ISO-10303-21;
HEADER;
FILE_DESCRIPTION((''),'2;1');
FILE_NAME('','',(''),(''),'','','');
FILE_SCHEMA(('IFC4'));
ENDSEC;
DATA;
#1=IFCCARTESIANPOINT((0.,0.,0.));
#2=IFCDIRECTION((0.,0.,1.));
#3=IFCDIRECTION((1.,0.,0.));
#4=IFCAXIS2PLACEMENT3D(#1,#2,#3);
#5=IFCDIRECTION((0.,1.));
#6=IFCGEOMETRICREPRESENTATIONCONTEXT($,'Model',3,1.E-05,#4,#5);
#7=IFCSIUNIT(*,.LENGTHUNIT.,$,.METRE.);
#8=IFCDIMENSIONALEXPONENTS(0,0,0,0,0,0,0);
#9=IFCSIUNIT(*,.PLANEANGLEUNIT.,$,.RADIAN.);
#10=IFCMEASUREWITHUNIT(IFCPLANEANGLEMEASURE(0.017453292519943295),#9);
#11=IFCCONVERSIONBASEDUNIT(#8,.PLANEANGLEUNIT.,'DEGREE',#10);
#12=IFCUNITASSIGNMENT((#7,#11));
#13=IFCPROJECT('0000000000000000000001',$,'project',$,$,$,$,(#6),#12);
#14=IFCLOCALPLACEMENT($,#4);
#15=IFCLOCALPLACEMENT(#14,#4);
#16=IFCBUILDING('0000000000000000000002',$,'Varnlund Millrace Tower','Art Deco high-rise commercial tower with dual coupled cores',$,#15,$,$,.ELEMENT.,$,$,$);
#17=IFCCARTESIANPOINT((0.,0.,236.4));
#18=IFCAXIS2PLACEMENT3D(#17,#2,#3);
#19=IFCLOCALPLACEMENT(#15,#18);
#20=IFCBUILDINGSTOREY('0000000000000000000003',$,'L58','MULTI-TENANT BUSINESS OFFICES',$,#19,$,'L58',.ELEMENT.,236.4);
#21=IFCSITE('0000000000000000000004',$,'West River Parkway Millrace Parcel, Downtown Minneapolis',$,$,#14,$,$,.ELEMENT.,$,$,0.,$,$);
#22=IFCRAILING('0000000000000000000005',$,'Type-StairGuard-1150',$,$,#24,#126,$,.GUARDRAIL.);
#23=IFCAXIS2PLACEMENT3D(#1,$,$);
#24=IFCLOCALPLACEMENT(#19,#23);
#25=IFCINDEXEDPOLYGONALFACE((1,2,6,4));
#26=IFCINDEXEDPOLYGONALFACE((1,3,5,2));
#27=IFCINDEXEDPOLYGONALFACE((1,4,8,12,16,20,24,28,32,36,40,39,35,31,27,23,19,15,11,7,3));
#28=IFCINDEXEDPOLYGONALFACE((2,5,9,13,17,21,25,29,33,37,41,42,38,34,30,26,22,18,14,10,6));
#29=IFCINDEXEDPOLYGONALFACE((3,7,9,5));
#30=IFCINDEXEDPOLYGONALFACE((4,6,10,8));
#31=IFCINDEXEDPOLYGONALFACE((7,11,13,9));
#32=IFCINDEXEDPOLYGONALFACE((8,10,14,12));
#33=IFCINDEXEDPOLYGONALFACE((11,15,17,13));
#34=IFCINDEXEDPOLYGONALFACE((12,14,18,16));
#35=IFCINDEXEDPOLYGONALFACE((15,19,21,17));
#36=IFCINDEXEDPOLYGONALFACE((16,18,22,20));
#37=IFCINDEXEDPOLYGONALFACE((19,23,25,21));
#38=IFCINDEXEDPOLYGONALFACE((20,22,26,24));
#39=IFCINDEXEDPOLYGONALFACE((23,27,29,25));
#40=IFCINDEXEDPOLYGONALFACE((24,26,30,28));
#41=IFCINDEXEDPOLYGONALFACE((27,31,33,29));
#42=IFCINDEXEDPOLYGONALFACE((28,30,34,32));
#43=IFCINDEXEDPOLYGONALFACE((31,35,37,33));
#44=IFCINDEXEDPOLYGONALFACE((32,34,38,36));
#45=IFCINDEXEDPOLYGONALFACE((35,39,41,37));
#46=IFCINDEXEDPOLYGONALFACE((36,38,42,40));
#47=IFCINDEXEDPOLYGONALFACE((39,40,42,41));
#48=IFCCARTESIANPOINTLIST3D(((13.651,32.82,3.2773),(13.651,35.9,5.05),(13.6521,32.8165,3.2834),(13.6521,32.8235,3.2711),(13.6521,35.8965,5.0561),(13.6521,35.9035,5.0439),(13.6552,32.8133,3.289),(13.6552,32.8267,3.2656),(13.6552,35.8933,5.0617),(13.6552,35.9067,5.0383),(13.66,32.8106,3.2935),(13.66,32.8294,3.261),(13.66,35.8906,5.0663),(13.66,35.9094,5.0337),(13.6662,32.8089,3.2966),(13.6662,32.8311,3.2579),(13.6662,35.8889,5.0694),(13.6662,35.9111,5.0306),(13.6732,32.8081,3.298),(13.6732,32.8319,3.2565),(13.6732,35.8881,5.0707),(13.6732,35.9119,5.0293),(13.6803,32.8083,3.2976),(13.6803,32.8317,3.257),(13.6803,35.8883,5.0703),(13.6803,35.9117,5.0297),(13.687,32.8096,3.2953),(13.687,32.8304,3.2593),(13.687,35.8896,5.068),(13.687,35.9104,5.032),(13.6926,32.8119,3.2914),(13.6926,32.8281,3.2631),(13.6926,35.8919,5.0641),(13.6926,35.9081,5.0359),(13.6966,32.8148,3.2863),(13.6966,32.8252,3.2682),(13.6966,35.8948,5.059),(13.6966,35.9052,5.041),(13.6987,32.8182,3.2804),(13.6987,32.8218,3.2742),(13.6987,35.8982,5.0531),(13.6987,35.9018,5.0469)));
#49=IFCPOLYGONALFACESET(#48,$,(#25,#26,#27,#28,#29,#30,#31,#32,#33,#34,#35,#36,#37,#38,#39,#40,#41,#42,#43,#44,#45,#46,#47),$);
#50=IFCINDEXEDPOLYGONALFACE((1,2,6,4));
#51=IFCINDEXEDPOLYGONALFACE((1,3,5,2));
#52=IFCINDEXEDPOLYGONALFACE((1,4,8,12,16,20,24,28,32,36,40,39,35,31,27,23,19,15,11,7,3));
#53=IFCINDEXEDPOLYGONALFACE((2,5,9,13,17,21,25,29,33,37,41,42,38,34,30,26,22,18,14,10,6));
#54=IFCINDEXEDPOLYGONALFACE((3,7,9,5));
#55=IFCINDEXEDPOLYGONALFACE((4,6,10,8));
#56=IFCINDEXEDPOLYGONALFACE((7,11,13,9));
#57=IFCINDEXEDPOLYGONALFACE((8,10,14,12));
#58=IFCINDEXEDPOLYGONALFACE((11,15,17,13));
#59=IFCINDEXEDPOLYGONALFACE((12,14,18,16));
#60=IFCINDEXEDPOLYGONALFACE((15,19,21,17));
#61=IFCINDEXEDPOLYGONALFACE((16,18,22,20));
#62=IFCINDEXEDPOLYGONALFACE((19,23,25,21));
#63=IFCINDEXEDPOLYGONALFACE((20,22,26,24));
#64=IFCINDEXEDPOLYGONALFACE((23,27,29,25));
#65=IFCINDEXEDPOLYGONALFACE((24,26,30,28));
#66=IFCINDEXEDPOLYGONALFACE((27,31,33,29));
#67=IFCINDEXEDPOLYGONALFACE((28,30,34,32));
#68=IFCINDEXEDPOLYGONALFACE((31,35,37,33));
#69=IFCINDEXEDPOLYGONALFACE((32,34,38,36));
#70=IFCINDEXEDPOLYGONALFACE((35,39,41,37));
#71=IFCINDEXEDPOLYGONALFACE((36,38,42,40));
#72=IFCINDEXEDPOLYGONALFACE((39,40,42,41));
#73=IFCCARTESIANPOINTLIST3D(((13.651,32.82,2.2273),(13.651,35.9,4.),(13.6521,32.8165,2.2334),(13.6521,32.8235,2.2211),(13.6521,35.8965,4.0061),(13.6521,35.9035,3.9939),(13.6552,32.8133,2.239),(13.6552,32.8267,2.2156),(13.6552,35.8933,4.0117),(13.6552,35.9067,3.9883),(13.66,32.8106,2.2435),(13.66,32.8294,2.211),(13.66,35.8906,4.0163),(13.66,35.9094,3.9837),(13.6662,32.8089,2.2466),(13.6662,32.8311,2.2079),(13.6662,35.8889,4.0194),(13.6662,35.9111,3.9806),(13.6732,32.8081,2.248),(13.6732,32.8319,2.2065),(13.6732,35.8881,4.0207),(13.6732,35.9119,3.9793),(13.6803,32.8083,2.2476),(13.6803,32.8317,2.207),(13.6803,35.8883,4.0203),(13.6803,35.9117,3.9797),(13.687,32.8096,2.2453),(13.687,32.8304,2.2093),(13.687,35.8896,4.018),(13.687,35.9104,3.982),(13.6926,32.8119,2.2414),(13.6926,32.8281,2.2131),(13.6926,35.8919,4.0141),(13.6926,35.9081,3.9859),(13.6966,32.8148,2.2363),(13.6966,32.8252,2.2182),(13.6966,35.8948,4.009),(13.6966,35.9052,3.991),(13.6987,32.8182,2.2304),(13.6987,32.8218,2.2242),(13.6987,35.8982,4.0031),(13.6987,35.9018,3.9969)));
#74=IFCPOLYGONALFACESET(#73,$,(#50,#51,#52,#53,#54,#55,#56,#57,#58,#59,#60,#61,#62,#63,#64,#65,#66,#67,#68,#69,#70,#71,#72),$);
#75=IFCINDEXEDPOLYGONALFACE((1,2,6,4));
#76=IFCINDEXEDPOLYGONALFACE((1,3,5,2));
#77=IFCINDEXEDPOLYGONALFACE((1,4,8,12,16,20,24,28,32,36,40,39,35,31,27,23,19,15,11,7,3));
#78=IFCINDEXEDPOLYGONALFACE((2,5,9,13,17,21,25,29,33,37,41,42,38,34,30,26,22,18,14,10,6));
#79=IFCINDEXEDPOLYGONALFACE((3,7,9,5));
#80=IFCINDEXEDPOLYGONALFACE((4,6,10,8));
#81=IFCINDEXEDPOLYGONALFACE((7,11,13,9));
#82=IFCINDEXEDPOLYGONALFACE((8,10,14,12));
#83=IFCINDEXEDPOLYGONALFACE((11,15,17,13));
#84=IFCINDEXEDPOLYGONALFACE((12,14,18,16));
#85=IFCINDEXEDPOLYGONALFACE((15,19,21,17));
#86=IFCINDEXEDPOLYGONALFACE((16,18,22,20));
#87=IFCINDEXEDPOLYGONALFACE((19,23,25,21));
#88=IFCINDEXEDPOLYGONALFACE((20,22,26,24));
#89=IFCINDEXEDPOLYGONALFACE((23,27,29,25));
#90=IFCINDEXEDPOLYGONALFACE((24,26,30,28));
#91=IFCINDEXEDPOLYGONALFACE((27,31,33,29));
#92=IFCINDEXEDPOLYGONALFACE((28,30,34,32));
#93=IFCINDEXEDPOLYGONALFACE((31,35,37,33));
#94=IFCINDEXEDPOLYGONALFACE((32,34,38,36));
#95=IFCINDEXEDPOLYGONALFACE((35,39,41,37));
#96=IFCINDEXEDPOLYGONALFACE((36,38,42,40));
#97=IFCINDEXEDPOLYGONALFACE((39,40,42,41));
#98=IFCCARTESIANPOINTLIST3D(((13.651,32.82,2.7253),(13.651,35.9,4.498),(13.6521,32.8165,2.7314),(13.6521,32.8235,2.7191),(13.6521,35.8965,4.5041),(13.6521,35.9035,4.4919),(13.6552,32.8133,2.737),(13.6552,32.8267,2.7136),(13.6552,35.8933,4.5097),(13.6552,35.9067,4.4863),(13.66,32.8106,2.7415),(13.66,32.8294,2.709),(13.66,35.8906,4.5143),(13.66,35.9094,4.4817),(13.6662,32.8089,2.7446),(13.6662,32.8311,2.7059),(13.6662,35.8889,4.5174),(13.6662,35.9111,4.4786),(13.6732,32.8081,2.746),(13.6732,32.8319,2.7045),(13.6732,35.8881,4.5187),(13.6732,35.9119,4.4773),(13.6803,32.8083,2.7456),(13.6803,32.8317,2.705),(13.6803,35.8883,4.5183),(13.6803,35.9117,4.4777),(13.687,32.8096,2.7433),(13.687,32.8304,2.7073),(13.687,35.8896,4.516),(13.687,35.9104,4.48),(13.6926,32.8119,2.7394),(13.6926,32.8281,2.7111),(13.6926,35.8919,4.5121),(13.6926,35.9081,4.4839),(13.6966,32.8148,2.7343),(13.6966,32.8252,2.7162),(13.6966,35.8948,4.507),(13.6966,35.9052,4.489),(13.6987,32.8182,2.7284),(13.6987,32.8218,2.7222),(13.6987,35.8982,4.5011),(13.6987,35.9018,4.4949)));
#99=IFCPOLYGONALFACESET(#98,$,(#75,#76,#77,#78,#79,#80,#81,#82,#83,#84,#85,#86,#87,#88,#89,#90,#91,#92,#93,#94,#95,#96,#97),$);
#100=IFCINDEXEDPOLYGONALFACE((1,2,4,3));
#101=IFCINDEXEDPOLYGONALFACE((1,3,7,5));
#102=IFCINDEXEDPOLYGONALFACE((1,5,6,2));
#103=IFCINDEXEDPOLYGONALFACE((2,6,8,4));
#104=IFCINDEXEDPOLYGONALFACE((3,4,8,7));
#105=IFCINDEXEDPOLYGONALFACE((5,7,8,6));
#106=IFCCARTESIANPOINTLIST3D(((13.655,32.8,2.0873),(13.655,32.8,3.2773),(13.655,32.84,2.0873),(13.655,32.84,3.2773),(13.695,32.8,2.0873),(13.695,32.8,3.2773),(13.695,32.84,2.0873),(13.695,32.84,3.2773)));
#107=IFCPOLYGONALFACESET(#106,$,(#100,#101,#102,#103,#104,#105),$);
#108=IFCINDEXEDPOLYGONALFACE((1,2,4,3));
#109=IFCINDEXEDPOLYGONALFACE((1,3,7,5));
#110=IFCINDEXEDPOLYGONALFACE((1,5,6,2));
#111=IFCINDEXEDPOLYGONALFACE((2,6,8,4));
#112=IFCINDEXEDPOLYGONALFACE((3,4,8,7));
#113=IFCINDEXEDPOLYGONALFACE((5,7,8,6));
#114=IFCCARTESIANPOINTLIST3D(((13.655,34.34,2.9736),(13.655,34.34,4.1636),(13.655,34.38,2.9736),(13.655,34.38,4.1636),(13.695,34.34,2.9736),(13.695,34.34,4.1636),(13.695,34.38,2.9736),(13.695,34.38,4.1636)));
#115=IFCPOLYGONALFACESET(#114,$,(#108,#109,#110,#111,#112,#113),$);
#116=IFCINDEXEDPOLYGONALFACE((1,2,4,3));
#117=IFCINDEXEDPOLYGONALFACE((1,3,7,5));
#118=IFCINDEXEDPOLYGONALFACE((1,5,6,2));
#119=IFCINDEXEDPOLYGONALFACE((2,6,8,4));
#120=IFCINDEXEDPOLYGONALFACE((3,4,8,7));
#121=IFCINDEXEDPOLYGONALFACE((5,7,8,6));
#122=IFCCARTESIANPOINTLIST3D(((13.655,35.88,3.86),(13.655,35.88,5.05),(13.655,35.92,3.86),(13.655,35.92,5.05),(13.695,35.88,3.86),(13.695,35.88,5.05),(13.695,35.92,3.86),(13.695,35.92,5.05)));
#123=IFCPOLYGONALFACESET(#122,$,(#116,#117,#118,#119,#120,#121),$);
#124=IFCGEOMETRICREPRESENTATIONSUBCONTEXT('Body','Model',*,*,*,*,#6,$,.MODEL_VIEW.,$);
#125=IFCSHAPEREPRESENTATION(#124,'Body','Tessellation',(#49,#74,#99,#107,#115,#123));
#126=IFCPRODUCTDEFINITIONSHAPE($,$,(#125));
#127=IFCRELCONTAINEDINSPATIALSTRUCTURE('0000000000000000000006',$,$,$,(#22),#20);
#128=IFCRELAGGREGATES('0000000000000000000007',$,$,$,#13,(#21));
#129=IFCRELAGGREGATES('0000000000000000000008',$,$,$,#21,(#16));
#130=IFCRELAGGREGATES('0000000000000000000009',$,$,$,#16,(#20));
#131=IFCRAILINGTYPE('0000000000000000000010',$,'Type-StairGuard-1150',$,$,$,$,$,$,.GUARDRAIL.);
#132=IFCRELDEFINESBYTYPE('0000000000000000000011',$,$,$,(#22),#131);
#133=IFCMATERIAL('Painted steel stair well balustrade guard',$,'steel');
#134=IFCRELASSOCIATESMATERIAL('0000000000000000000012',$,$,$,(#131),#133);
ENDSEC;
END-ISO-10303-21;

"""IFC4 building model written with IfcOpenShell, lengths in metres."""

from ifc_helpers import new_model, entity, si_unit, converted_unit, direction, frame, origin_with_axes, origin_2d_with_axis, place, context, subcontext, project, spatial, rectangle, circle, extrude, material, type_object, element, save


model = new_model("IFC4")

# Units and contexts
model_context = context("Model", 3, precision=1e-05, world=origin_with_axes(), true_north=direction((0.0, 1.0)))
body_context = subcontext(model_context, "Body", "Model", "MODEL_VIEW")
ifc_project = project(units=[si_unit("LENGTHUNIT", "METRE"), converted_unit("PLANEANGLEUNIT", "DEGREE", entity("IfcPlaneAngleMeasure", 0.017453292519943295), si_unit("PLANEANGLEUNIT", "RADIAN"), dimensions=[0, 0, 0, 0, 0, 0, 0])], contexts=[model_context])

# Site, building, storey
site_placement = place(None, origin_with_axes())
site = spatial("IfcSite", under=ifc_project, at=site_placement, Name="West River Parkway Millrace Parcel, Downtown Minneapolis", CompositionType="ELEMENT", RefElevation=0.0)
building_placement = place(site_placement, origin_with_axes())
building = spatial("IfcBuilding", under=site, at=building_placement, Name="Varnlund Millrace Tower", Description="Art Deco high-rise commercial tower with dual coupled cores", CompositionType="ELEMENT")
storey_placement = place(building_placement, frame((0.0, 0.0, 236.4), z_axis=(0.0, 0.0, 1.0), x_axis=(1.0, 0.0, 0.0)))
storey = spatial("IfcBuildingStorey", under=building, at=storey_placement, Name="L58", Description="MULTI-TENANT BUSINESS OFFICES", LongName="L58", CompositionType="ELEMENT", Elevation=236.4)

# Railing
ifc_material_1 = material(Name="Painted steel stair well balustrade guard", Category="steel")
railing_type_1 = type_object("IfcRailingType", Name="Type-StairGuard-1150", PredefinedType="GUARDRAIL", material=ifc_material_1)
railing_1_placement = place(storey_placement, frame((0.0, 0.0, -236.4), z_axis=(0.0, 0.0, 1.0), x_axis=(1.0, 0.0, 0.0)))
element("IfcRailing", 1, at=railing_1_placement, inside=storey, type_object=railing_type_1, Name="Type-StairGuard-1150", PredefinedType="GUARDRAIL", context=body_context, shape_type="SweptSolid", body=[
    extrude(circle(Radius=0.024, at=origin_2d_with_axis()), frame((13.675, 32.82, 239.6773), z_axis=(0.0, 0.866696, 0.498836), x_axis=(-1.0, 0.0, 0.0)), (0.0, 0.0, 1.0), 3.5537),
    extrude(circle(Radius=0.024, at=origin_2d_with_axis()), frame((13.675, 32.82, 238.6273), z_axis=(0.0, 0.866696, 0.498836), x_axis=(-1.0, 0.0, 0.0)), (0.0, 0.0, 1.0), 3.5537),
    extrude(circle(Radius=0.024, at=origin_2d_with_axis()), frame((13.675, 32.82, 239.1253), z_axis=(0.0, 0.866696, 0.498836), x_axis=(-1.0, 0.0, 0.0)), (0.0, 0.0, 1.0), 3.5537),
    extrude(rectangle(XDim=0.04, YDim=0.04, at=origin_2d_with_axis()), frame((13.675, 32.82, 238.4873), z_axis=(0.0, 0.0, 1.0), x_axis=(1.0, 0.0, 0.0)), (0.0, 0.0, 1.0), 1.19),
    extrude(rectangle(XDim=0.04, YDim=0.04, at=origin_2d_with_axis()), frame((13.675, 34.36, 239.3736), z_axis=(0.0, 0.0, 1.0), x_axis=(1.0, 0.0, 0.0)), (0.0, 0.0, 1.0), 1.19),
    extrude(rectangle(XDim=0.04, YDim=0.04, at=origin_2d_with_axis()), frame((13.675, 35.9, 240.26), z_axis=(0.0, 0.0, 1.0), x_axis=(1.0, 0.0, 0.0)), (0.0, 0.0, 1.0), 1.19),
])

save(model, "model.ifc")
